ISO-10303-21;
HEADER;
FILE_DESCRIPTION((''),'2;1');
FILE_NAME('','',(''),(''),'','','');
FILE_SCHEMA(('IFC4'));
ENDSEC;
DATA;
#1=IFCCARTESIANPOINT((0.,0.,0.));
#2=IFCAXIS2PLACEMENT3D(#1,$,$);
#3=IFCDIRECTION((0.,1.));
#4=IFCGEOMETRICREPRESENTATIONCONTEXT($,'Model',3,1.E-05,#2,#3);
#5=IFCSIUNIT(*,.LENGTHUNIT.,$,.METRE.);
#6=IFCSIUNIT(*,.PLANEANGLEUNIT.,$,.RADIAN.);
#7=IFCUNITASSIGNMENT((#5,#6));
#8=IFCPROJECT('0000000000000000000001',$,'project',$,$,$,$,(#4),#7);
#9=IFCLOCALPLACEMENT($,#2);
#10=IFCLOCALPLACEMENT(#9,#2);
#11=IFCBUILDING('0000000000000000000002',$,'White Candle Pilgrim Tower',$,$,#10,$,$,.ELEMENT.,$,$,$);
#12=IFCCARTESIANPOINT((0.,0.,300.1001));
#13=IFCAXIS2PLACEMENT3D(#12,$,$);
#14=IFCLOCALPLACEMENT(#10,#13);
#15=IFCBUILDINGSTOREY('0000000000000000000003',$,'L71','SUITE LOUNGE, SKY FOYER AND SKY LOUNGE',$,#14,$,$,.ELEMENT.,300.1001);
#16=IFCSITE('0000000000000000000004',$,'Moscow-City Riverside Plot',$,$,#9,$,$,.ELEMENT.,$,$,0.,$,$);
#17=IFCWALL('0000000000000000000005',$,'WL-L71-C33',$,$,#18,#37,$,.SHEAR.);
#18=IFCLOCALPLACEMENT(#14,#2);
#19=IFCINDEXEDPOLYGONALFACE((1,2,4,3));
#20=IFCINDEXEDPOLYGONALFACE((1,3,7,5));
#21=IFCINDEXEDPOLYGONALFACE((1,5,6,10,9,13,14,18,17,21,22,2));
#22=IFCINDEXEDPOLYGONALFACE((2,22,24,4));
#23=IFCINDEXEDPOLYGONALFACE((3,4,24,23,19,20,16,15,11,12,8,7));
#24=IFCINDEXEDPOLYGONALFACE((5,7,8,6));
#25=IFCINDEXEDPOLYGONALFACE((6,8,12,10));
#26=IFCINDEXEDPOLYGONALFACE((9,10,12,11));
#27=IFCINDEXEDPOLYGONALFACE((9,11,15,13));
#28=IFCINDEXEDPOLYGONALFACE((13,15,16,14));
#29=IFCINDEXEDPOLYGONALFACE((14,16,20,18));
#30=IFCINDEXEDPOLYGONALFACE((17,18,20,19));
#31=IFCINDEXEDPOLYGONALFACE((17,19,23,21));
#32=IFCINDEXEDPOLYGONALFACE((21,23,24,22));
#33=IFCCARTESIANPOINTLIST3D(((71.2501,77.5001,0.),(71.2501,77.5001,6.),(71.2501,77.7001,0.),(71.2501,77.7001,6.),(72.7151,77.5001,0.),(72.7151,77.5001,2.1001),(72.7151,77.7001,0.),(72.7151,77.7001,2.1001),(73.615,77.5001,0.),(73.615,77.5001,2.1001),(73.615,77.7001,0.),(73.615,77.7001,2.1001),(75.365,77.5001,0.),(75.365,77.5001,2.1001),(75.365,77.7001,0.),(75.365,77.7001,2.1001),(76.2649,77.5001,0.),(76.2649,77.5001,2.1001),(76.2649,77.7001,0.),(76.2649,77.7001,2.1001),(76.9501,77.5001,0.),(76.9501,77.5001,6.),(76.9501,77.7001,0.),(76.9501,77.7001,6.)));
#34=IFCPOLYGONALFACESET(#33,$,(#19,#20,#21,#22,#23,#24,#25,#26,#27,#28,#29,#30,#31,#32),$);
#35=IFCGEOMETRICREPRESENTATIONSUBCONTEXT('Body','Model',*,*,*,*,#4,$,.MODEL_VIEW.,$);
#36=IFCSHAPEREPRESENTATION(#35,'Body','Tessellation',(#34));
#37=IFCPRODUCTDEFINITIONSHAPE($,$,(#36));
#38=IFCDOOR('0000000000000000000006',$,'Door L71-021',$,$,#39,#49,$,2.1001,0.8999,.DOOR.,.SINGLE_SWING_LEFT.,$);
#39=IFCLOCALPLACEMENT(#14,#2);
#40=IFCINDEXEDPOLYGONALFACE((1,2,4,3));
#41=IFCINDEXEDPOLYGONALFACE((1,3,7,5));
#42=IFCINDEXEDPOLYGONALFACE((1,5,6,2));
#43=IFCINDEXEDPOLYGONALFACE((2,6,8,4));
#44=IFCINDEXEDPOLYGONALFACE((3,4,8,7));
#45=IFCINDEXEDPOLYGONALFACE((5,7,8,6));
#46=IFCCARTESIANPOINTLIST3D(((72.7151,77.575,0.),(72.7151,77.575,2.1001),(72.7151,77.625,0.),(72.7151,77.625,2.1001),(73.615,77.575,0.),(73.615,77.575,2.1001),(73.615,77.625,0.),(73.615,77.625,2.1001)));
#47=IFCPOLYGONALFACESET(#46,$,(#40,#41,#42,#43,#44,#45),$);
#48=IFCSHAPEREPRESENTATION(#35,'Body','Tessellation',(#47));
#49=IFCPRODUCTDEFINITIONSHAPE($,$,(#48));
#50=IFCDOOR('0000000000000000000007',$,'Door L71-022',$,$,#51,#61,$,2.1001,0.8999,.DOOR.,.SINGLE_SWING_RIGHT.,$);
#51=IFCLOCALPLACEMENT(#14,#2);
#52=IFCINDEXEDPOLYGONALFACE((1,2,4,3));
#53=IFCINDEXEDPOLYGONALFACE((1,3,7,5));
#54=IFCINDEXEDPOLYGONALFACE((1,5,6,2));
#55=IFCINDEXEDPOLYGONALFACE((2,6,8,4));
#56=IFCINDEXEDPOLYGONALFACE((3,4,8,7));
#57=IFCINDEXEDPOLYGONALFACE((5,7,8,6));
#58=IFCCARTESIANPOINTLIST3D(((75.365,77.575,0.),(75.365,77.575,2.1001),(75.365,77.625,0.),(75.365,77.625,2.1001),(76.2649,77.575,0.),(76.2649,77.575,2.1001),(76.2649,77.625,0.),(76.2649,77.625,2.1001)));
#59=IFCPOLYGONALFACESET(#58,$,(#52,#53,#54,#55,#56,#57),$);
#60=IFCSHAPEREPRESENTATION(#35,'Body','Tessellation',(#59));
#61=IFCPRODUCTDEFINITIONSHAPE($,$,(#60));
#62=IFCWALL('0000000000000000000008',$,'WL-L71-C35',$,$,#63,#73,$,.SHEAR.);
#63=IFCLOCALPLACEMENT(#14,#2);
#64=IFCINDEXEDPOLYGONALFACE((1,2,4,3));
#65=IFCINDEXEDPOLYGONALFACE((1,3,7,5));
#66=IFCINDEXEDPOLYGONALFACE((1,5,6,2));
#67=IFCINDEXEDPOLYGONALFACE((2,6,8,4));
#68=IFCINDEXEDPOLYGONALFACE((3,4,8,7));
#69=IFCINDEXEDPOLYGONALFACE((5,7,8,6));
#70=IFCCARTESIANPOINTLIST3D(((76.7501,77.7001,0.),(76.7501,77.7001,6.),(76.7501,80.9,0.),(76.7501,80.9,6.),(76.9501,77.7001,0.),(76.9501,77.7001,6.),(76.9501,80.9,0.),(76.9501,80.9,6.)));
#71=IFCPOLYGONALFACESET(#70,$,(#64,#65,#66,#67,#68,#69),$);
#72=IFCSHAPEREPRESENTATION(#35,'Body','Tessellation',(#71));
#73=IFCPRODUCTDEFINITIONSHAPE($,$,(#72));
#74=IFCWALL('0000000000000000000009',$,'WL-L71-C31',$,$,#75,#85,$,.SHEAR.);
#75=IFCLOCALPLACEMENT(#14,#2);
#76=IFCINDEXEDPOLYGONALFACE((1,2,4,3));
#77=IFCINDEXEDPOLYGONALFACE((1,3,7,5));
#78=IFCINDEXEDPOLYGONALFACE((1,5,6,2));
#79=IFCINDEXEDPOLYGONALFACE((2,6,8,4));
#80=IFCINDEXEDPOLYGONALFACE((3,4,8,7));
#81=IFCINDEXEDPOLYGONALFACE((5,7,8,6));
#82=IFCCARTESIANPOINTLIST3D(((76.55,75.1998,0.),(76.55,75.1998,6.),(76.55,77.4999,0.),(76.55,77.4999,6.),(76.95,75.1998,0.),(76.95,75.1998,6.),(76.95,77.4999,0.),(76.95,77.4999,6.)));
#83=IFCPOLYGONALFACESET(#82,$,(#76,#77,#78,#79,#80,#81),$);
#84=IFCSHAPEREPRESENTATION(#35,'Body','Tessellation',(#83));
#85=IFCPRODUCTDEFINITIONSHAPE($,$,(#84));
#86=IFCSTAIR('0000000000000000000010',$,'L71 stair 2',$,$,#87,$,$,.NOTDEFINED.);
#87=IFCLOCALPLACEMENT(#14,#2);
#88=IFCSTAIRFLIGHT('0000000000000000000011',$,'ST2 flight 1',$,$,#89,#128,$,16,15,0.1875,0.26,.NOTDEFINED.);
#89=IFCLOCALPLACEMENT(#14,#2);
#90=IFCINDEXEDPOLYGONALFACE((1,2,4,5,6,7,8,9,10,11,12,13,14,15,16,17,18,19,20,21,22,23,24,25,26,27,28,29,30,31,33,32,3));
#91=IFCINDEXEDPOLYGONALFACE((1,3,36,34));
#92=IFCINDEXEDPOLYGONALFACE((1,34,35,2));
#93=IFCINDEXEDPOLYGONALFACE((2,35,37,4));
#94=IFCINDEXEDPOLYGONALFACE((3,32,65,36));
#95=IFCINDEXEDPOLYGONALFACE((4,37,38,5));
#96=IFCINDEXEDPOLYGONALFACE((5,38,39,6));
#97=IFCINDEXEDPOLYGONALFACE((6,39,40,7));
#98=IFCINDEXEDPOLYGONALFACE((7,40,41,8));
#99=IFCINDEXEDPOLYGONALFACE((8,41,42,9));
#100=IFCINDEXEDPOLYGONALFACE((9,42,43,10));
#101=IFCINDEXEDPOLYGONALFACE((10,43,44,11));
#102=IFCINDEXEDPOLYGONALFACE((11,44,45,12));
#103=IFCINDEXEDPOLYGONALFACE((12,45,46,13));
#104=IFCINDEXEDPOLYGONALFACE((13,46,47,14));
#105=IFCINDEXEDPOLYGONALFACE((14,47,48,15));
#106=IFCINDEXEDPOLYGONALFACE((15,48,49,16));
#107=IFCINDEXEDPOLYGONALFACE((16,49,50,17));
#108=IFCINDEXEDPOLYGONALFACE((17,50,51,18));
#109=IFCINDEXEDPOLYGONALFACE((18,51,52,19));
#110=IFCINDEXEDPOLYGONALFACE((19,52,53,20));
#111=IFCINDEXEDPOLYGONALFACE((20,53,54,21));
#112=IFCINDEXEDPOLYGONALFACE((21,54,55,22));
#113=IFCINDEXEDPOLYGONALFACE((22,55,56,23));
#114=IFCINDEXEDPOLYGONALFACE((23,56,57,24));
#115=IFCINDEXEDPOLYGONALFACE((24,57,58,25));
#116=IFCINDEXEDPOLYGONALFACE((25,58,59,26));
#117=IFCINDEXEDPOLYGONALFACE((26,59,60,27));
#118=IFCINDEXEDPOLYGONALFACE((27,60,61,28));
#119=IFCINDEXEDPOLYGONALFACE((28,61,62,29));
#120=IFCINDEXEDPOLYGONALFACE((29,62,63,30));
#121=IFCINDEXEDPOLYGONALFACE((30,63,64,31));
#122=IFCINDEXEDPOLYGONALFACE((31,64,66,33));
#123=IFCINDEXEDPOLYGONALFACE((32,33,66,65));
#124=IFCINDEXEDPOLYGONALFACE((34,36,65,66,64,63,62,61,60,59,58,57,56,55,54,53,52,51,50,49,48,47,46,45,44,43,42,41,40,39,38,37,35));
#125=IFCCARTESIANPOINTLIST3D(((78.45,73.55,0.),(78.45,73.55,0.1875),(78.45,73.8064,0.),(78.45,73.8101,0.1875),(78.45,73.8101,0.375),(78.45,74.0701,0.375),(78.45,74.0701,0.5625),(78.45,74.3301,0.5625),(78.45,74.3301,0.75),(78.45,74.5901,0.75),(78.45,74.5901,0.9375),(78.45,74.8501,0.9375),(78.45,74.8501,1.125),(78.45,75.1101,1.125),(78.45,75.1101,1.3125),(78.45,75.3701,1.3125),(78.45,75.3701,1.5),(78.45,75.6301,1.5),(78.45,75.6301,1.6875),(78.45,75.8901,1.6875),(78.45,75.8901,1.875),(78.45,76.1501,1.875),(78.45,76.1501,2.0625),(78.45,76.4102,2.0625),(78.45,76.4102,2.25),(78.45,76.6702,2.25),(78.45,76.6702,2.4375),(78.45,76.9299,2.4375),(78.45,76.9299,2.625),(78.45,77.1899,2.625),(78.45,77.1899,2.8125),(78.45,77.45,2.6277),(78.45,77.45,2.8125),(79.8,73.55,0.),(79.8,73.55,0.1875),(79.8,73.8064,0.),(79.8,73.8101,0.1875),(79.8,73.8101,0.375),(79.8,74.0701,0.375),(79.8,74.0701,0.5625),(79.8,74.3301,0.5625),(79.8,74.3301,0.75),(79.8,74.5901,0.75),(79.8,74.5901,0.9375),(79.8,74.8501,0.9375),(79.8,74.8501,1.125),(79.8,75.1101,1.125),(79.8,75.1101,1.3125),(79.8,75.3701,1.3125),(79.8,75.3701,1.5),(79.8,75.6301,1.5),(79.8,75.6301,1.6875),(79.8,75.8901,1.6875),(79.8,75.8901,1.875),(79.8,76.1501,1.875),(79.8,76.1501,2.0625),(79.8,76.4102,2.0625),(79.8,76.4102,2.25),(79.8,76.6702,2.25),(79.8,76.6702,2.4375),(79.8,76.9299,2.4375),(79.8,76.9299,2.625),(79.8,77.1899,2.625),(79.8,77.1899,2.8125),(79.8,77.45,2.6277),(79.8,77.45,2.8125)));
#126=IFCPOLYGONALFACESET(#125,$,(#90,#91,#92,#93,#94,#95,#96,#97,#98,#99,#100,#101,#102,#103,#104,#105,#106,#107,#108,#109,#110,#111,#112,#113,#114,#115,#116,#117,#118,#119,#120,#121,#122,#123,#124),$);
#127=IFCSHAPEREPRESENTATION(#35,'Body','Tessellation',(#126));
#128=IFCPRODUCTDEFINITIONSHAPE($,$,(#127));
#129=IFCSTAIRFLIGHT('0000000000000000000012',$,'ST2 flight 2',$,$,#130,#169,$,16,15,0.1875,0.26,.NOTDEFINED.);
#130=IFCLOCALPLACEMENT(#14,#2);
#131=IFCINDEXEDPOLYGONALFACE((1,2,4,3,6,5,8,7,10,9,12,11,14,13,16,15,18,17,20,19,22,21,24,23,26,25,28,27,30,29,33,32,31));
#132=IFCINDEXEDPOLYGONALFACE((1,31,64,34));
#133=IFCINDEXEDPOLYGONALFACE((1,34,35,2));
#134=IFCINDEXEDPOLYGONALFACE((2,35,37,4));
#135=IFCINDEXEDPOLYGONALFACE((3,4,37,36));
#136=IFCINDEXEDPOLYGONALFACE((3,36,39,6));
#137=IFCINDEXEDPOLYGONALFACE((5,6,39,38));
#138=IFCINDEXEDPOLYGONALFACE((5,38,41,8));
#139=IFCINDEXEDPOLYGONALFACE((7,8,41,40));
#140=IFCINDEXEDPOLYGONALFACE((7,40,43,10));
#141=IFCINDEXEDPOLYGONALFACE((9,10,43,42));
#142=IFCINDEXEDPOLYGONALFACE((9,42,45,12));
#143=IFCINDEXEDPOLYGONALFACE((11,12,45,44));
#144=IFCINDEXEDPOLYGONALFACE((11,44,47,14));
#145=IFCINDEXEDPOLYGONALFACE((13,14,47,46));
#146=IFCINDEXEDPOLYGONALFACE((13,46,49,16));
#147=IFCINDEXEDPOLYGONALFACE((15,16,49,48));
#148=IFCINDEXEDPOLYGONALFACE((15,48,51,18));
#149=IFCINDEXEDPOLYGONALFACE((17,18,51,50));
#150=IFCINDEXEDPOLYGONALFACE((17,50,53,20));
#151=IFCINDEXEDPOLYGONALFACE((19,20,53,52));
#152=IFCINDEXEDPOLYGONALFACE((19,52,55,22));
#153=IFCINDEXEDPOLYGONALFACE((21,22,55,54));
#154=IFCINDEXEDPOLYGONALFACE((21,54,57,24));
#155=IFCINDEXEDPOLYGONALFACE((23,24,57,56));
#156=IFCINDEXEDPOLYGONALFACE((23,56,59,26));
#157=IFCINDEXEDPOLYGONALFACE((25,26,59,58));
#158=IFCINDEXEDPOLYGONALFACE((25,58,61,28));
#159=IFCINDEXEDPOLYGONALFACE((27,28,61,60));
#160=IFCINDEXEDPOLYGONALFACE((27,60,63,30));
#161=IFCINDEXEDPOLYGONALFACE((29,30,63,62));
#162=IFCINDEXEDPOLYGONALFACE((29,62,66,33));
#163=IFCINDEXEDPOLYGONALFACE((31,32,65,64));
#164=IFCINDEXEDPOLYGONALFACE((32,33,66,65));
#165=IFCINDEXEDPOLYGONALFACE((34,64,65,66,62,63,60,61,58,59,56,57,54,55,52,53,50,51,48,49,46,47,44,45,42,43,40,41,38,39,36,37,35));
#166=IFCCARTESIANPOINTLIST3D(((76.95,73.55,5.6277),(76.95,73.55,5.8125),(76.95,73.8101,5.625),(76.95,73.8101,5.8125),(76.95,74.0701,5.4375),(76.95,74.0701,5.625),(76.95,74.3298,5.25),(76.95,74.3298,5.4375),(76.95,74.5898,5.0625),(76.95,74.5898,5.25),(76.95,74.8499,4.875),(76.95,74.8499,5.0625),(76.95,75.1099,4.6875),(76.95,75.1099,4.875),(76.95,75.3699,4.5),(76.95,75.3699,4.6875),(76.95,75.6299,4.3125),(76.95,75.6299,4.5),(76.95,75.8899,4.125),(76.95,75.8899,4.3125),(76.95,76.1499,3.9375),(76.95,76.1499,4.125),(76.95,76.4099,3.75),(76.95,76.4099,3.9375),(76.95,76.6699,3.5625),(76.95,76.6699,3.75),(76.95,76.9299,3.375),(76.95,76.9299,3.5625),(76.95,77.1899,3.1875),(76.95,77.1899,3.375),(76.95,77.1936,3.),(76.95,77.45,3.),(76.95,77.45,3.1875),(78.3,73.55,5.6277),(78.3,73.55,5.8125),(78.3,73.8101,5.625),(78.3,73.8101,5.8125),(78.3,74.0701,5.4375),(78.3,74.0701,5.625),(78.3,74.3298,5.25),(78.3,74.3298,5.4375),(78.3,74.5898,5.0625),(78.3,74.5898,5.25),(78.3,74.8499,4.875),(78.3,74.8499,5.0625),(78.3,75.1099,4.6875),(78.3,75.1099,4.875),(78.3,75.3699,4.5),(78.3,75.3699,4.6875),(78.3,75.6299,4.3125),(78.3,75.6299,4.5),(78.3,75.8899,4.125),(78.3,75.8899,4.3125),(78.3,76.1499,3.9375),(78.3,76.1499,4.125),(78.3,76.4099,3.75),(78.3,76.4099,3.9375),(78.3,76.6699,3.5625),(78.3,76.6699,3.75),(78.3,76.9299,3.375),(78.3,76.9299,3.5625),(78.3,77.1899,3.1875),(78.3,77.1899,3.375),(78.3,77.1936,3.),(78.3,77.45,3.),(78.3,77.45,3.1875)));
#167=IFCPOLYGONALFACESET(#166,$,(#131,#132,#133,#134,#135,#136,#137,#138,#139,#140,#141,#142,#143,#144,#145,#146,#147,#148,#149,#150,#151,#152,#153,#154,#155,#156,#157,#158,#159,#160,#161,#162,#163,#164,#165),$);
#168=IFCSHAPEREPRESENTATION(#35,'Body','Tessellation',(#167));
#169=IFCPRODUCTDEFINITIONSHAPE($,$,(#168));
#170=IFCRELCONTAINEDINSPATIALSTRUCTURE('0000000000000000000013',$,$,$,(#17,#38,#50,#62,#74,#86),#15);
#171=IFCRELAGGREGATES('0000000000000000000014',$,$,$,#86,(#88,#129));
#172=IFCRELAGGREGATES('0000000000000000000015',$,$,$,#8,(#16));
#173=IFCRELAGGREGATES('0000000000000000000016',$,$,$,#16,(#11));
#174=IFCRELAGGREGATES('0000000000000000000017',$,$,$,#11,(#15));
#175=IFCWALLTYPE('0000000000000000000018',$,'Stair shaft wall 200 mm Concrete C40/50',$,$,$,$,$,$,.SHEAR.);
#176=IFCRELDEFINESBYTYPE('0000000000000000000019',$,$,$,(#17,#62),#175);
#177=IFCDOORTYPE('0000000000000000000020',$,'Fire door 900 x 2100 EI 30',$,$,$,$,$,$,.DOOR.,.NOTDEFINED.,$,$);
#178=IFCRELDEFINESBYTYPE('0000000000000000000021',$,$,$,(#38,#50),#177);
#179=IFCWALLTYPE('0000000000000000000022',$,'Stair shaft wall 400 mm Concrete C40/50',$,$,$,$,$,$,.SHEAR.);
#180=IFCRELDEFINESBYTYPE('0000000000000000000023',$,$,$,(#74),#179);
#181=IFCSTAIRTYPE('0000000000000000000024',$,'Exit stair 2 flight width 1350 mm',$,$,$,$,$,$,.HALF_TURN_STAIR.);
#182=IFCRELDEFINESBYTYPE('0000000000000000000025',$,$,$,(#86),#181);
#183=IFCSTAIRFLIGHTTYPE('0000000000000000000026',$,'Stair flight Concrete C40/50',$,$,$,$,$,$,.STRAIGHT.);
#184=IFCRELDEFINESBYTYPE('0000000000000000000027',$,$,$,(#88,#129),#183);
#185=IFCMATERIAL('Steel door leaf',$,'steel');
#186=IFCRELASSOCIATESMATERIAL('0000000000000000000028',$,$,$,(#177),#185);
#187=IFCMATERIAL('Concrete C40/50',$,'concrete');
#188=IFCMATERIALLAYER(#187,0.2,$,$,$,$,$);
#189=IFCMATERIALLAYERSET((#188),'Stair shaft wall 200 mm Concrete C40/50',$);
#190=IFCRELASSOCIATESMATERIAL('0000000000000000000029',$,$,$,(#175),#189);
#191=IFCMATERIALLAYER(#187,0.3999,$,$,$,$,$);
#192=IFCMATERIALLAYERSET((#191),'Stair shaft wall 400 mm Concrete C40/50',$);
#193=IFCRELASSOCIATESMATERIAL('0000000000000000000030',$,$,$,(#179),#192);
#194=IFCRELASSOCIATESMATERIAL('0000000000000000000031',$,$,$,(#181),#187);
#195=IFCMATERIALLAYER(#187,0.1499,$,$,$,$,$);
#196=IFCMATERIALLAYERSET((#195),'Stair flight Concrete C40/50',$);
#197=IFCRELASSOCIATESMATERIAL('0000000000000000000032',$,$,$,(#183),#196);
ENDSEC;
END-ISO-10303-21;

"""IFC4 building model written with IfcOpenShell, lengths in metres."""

from ifc_helpers import new_model, si_unit, direction, frame, frame_2d, origin, place, context, subcontext, project, spatial, polyline, rectangle, outline, extrude, material, layer, layer_set, type_object, element, fill, aggregate, save


model = new_model("IFC4")

# Units and contexts
model_context = context("Model", 3, precision=1e-05, world=origin(), true_north=direction((0.0, 1.0)))
body_context = subcontext(model_context, "Body", "Model", "MODEL_VIEW")
ifc_project = project(units=[si_unit("LENGTHUNIT", "METRE"), si_unit("PLANEANGLEUNIT", "RADIAN")], contexts=[model_context])

# Site, building, storey
site_placement = place(None, origin())
site = spatial("IfcSite", under=ifc_project, at=site_placement, Name="Moscow-City Riverside Plot", CompositionType="ELEMENT", RefElevation=0.0)
building_placement = place(site_placement, origin())
building = spatial("IfcBuilding", under=site, at=building_placement, Name="White Candle Pilgrim Tower", CompositionType="ELEMENT")
storey_placement = place(building_placement, frame((0.0, 0.0, 300.1001)))
storey = spatial("IfcBuildingStorey", under=building, at=storey_placement, Name="L71", Description="SUITE LOUNGE, SKY FOYER AND SKY LOUNGE", CompositionType="ELEMENT", Elevation=300.1001)

# Shared definitions
ifc_material_1 = material(Name="Steel door leaf", Category="steel")
door_type = type_object("IfcDoorType", Name="Fire door 900 x 2100 EI 30", OperationType="NOTDEFINED", PredefinedType="DOOR", material=ifc_material_1)

# Shared definitions
ifc_material_2 = material(Name="Concrete C40/50", Category="concrete")
ifc_layer_1 = layer(ifc_material_2, 0.2)
ifc_layer_set_1 = layer_set([ifc_layer_1], Name="Stair shaft wall 200 mm Concrete C40/50")
wall_type_1 = type_object("IfcWallType", Name="Stair shaft wall 200 mm Concrete C40/50", PredefinedType="SHEAR", material=ifc_layer_set_1)

# Wall, openings, doors
wall_1_placement = place(storey_placement, frame((71.25, 77.6001, 0.0), z_axis=(0.0, 0.0, 1.0), x_axis=(1.0, 0.0, 0.0)))
wall_1 = element("IfcWall", 1, at=wall_1_placement, inside=storey, type_object=wall_type_1, Name="WL-L71-C33", PredefinedType="SHEAR", context=body_context, shape_type="SweptSolid", body=[
    extrude(rectangle(XDim=5.7, YDim=0.2, at=frame_2d((2.8501, 0.0))), origin(), (0.0, 0.0, 1.0), 6.0),
])
opening_1_placement = place(wall_1_placement, frame((1.4651, 0.0, 0.0)))
opening_1 = element("IfcOpeningElement", 2, at=opening_1_placement, cuts=wall_1, PredefinedType="OPENING", context=body_context, shape_type="SweptSolid", body=[
    extrude(rectangle(XDim=0.8999, YDim=2.1001, at=frame_2d((0.45, 1.05))), frame((0.0, 0.1099, 0.0), z_axis=(0.0, -1.0, 0.0), x_axis=(1.0, 0.0, 0.0)), (0.0, 0.0, 1.0), 0.22),
])
opening_2_placement = place(wall_1_placement, frame((4.115, 0.0, 0.0)))
opening_2 = element("IfcOpeningElement", 3, at=opening_2_placement, cuts=wall_1, PredefinedType="OPENING", context=body_context, shape_type="SweptSolid", body=[
    extrude(rectangle(XDim=0.8999, YDim=2.1001, at=frame_2d((0.45, 1.05))), frame((0.0, 0.1099, 0.0), z_axis=(0.0, -1.0, 0.0), x_axis=(1.0, 0.0, 0.0)), (0.0, 0.0, 1.0), 0.22),
])
door_1_placement = place(opening_1_placement, origin())
door_1 = element("IfcDoor", 4, at=door_1_placement, inside=storey, type_object=door_type, Name="Door L71-021", OperationType="SINGLE_SWING_LEFT", OverallHeight=2.1001, OverallWidth=0.8999, PredefinedType="DOOR", context=body_context, shape_type="SweptSolid", body=[
    extrude(rectangle(XDim=0.8999, YDim=2.1001, at=frame_2d((0.45, 1.05))), frame((0.0, 0.0249, 0.0), z_axis=(0.0, -1.0, 0.0), x_axis=(1.0, 0.0, 0.0)), (0.0, 0.0, 1.0), 0.05),
])
fill(opening_1, door_1)
door_2_placement = place(opening_2_placement, origin())
door_2 = element("IfcDoor", 5, at=door_2_placement, inside=storey, type_object=door_type, Name="Door L71-022", OperationType="SINGLE_SWING_RIGHT", OverallHeight=2.1001, OverallWidth=0.8999, PredefinedType="DOOR", context=body_context, shape_type="SweptSolid", body=[
    extrude(rectangle(XDim=0.8999, YDim=2.1001, at=frame_2d((0.45, 1.05))), frame((0.0, 0.0249, 0.0), z_axis=(0.0, -1.0, 0.0), x_axis=(1.0, 0.0, 0.0)), (0.0, 0.0, 1.0), 0.05),
])
fill(opening_2, door_2)

# Walls
wall_2_placement = place(storey_placement, frame((76.8501, 77.7, 0.0), z_axis=(0.0, 0.0, 1.0), x_axis=(0.0, 1.0, 0.0)))
element("IfcWall", 6, at=wall_2_placement, inside=storey, type_object=wall_type_1, Name="WL-L71-C35", PredefinedType="SHEAR", context=body_context, shape_type="SweptSolid", body=[
    extrude(rectangle(XDim=3.2, YDim=0.2, at=frame_2d((1.6001, 0.0))), origin(), (0.0, 0.0, 1.0), 6.0),
])
ifc_layer_2 = layer(ifc_material_2, 0.3999)
ifc_layer_set_2 = layer_set([ifc_layer_2], Name="Stair shaft wall 400 mm Concrete C40/50")
wall_type_2 = type_object("IfcWallType", Name="Stair shaft wall 400 mm Concrete C40/50", PredefinedType="SHEAR", material=ifc_layer_set_2)
wall_3_placement = place(storey_placement, frame((76.75, 75.2, 0.0), z_axis=(0.0, 0.0, 1.0), x_axis=(0.0, 1.0, 0.0)))
element("IfcWall", 7, at=wall_3_placement, inside=storey, type_object=wall_type_2, Name="WL-L71-C31", PredefinedType="SHEAR", context=body_context, shape_type="SweptSolid", body=[
    extrude(rectangle(XDim=2.3, YDim=0.3999, at=frame_2d((1.1499, 0.0))), origin(), (0.0, 0.0, 1.0), 6.0),
])

# Stair, stair flights
stair_type = type_object("IfcStairType", Name="Exit stair 2 flight width 1350 mm", PredefinedType="HALF_TURN_STAIR", material=ifc_material_2)
stair_placement = place(storey_placement, origin())
stair = element("IfcStair", 8, at=stair_placement, inside=storey, type_object=stair_type, Name="L71 stair 2", PredefinedType="NOTDEFINED")
ifc_layer_3 = layer(ifc_material_2, 0.1499)
ifc_layer_set_3 = layer_set([ifc_layer_3], Name="Stair flight Concrete C40/50")
stair_flight_type = type_object("IfcStairFlightType", Name="Stair flight Concrete C40/50", PredefinedType="STRAIGHT", material=ifc_layer_set_3)
stair_flight_1_placement = place(storey_placement, frame((79.125, 73.55, 0.0), z_axis=(0.0, 0.0, 1.0), x_axis=(0.0, 1.0, 0.0)))
stair_flight_1 = element("IfcStairFlight", 9, at=stair_flight_1_placement, type_object=stair_flight_type, Name="ST2 flight 1", NumberOfRisers=16, NumberOfTreads=15, PredefinedType="NOTDEFINED", RiserHeight=0.1875, TreadLength=0.26, context=body_context, shape_type="SweptSolid", body=[
    extrude(outline(polyline([(0.0, 0.0), (0.0, 0.1875), (0.26, 0.1875), (0.26, 0.375), (0.52, 0.375), (0.52, 0.5625), (0.78, 0.5625), (0.78, 0.75), (1.04, 0.75), (1.04, 0.9375), (1.3, 0.9375), (1.3, 1.125), (1.5601, 1.125), (1.5601, 1.3125), (1.8201, 1.3125), (1.8201, 1.5), (2.0801, 1.5), (2.0801, 1.6875), (2.3401, 1.6875), (2.3401, 1.875), (2.6001, 1.875), (2.6001, 2.0625), (2.8601, 2.0625), (2.8601, 2.25), (3.1201, 2.25), (3.1201, 2.4375), (3.3799, 2.4375), (3.3799, 2.625), (3.6399, 2.625), (3.6399, 2.8125), (3.8999, 2.8125), (3.8999, 3.0), (3.8999, 2.6277), (0.2563, 0.0), (0.0, 0.0)])), frame((0.0, 0.675, 0.0), z_axis=(0.0, -1.0, 0.0), x_axis=(1.0, 0.0, 0.0)), (0.0, 0.0, 1.0), 1.3501),
])
stair_flight_2_placement = place(storey_placement, frame((77.625, 77.45, 3.0), z_axis=(0.0, 0.0, 1.0), x_axis=(0.0, -1.0, 0.0)))
stair_flight_2 = element("IfcStairFlight", 10, at=stair_flight_2_placement, type_object=stair_flight_type, Name="ST2 flight 2", NumberOfRisers=16, NumberOfTreads=15, PredefinedType="NOTDEFINED", RiserHeight=0.1875, TreadLength=0.26, context=body_context, shape_type="SweptSolid", body=[
    extrude(outline(polyline([(0.0, 0.0), (0.0, 0.1875), (0.26, 0.1875), (0.26, 0.375), (0.52, 0.375), (0.52, 0.5625), (0.78, 0.5625), (0.78, 0.75), (1.04, 0.75), (1.04, 0.9375), (1.3, 0.9375), (1.3, 1.125), (1.5601, 1.125), (1.5601, 1.3125), (1.8201, 1.3125), (1.8201, 1.5), (2.0801, 1.5), (2.0801, 1.6875), (2.3401, 1.6875), (2.3401, 1.875), (2.6001, 1.875), (2.6001, 2.0625), (2.8601, 2.0625), (2.8601, 2.25), (3.1201, 2.25), (3.1201, 2.4375), (3.3799, 2.4375), (3.3799, 2.625), (3.6399, 2.625), (3.6399, 2.8125), (3.8999, 2.8125), (3.8999, 3.0), (3.8999, 2.6277), (0.2563, 0.0), (0.0, 0.0)])), frame((0.0, 0.675, 0.0), z_axis=(0.0, -1.0, 0.0), x_axis=(1.0, 0.0, 0.0)), (0.0, 0.0, 1.0), 1.3501),
])
aggregate(stair, [stair_flight_1, stair_flight_2])

save(model, "model.ifc")
